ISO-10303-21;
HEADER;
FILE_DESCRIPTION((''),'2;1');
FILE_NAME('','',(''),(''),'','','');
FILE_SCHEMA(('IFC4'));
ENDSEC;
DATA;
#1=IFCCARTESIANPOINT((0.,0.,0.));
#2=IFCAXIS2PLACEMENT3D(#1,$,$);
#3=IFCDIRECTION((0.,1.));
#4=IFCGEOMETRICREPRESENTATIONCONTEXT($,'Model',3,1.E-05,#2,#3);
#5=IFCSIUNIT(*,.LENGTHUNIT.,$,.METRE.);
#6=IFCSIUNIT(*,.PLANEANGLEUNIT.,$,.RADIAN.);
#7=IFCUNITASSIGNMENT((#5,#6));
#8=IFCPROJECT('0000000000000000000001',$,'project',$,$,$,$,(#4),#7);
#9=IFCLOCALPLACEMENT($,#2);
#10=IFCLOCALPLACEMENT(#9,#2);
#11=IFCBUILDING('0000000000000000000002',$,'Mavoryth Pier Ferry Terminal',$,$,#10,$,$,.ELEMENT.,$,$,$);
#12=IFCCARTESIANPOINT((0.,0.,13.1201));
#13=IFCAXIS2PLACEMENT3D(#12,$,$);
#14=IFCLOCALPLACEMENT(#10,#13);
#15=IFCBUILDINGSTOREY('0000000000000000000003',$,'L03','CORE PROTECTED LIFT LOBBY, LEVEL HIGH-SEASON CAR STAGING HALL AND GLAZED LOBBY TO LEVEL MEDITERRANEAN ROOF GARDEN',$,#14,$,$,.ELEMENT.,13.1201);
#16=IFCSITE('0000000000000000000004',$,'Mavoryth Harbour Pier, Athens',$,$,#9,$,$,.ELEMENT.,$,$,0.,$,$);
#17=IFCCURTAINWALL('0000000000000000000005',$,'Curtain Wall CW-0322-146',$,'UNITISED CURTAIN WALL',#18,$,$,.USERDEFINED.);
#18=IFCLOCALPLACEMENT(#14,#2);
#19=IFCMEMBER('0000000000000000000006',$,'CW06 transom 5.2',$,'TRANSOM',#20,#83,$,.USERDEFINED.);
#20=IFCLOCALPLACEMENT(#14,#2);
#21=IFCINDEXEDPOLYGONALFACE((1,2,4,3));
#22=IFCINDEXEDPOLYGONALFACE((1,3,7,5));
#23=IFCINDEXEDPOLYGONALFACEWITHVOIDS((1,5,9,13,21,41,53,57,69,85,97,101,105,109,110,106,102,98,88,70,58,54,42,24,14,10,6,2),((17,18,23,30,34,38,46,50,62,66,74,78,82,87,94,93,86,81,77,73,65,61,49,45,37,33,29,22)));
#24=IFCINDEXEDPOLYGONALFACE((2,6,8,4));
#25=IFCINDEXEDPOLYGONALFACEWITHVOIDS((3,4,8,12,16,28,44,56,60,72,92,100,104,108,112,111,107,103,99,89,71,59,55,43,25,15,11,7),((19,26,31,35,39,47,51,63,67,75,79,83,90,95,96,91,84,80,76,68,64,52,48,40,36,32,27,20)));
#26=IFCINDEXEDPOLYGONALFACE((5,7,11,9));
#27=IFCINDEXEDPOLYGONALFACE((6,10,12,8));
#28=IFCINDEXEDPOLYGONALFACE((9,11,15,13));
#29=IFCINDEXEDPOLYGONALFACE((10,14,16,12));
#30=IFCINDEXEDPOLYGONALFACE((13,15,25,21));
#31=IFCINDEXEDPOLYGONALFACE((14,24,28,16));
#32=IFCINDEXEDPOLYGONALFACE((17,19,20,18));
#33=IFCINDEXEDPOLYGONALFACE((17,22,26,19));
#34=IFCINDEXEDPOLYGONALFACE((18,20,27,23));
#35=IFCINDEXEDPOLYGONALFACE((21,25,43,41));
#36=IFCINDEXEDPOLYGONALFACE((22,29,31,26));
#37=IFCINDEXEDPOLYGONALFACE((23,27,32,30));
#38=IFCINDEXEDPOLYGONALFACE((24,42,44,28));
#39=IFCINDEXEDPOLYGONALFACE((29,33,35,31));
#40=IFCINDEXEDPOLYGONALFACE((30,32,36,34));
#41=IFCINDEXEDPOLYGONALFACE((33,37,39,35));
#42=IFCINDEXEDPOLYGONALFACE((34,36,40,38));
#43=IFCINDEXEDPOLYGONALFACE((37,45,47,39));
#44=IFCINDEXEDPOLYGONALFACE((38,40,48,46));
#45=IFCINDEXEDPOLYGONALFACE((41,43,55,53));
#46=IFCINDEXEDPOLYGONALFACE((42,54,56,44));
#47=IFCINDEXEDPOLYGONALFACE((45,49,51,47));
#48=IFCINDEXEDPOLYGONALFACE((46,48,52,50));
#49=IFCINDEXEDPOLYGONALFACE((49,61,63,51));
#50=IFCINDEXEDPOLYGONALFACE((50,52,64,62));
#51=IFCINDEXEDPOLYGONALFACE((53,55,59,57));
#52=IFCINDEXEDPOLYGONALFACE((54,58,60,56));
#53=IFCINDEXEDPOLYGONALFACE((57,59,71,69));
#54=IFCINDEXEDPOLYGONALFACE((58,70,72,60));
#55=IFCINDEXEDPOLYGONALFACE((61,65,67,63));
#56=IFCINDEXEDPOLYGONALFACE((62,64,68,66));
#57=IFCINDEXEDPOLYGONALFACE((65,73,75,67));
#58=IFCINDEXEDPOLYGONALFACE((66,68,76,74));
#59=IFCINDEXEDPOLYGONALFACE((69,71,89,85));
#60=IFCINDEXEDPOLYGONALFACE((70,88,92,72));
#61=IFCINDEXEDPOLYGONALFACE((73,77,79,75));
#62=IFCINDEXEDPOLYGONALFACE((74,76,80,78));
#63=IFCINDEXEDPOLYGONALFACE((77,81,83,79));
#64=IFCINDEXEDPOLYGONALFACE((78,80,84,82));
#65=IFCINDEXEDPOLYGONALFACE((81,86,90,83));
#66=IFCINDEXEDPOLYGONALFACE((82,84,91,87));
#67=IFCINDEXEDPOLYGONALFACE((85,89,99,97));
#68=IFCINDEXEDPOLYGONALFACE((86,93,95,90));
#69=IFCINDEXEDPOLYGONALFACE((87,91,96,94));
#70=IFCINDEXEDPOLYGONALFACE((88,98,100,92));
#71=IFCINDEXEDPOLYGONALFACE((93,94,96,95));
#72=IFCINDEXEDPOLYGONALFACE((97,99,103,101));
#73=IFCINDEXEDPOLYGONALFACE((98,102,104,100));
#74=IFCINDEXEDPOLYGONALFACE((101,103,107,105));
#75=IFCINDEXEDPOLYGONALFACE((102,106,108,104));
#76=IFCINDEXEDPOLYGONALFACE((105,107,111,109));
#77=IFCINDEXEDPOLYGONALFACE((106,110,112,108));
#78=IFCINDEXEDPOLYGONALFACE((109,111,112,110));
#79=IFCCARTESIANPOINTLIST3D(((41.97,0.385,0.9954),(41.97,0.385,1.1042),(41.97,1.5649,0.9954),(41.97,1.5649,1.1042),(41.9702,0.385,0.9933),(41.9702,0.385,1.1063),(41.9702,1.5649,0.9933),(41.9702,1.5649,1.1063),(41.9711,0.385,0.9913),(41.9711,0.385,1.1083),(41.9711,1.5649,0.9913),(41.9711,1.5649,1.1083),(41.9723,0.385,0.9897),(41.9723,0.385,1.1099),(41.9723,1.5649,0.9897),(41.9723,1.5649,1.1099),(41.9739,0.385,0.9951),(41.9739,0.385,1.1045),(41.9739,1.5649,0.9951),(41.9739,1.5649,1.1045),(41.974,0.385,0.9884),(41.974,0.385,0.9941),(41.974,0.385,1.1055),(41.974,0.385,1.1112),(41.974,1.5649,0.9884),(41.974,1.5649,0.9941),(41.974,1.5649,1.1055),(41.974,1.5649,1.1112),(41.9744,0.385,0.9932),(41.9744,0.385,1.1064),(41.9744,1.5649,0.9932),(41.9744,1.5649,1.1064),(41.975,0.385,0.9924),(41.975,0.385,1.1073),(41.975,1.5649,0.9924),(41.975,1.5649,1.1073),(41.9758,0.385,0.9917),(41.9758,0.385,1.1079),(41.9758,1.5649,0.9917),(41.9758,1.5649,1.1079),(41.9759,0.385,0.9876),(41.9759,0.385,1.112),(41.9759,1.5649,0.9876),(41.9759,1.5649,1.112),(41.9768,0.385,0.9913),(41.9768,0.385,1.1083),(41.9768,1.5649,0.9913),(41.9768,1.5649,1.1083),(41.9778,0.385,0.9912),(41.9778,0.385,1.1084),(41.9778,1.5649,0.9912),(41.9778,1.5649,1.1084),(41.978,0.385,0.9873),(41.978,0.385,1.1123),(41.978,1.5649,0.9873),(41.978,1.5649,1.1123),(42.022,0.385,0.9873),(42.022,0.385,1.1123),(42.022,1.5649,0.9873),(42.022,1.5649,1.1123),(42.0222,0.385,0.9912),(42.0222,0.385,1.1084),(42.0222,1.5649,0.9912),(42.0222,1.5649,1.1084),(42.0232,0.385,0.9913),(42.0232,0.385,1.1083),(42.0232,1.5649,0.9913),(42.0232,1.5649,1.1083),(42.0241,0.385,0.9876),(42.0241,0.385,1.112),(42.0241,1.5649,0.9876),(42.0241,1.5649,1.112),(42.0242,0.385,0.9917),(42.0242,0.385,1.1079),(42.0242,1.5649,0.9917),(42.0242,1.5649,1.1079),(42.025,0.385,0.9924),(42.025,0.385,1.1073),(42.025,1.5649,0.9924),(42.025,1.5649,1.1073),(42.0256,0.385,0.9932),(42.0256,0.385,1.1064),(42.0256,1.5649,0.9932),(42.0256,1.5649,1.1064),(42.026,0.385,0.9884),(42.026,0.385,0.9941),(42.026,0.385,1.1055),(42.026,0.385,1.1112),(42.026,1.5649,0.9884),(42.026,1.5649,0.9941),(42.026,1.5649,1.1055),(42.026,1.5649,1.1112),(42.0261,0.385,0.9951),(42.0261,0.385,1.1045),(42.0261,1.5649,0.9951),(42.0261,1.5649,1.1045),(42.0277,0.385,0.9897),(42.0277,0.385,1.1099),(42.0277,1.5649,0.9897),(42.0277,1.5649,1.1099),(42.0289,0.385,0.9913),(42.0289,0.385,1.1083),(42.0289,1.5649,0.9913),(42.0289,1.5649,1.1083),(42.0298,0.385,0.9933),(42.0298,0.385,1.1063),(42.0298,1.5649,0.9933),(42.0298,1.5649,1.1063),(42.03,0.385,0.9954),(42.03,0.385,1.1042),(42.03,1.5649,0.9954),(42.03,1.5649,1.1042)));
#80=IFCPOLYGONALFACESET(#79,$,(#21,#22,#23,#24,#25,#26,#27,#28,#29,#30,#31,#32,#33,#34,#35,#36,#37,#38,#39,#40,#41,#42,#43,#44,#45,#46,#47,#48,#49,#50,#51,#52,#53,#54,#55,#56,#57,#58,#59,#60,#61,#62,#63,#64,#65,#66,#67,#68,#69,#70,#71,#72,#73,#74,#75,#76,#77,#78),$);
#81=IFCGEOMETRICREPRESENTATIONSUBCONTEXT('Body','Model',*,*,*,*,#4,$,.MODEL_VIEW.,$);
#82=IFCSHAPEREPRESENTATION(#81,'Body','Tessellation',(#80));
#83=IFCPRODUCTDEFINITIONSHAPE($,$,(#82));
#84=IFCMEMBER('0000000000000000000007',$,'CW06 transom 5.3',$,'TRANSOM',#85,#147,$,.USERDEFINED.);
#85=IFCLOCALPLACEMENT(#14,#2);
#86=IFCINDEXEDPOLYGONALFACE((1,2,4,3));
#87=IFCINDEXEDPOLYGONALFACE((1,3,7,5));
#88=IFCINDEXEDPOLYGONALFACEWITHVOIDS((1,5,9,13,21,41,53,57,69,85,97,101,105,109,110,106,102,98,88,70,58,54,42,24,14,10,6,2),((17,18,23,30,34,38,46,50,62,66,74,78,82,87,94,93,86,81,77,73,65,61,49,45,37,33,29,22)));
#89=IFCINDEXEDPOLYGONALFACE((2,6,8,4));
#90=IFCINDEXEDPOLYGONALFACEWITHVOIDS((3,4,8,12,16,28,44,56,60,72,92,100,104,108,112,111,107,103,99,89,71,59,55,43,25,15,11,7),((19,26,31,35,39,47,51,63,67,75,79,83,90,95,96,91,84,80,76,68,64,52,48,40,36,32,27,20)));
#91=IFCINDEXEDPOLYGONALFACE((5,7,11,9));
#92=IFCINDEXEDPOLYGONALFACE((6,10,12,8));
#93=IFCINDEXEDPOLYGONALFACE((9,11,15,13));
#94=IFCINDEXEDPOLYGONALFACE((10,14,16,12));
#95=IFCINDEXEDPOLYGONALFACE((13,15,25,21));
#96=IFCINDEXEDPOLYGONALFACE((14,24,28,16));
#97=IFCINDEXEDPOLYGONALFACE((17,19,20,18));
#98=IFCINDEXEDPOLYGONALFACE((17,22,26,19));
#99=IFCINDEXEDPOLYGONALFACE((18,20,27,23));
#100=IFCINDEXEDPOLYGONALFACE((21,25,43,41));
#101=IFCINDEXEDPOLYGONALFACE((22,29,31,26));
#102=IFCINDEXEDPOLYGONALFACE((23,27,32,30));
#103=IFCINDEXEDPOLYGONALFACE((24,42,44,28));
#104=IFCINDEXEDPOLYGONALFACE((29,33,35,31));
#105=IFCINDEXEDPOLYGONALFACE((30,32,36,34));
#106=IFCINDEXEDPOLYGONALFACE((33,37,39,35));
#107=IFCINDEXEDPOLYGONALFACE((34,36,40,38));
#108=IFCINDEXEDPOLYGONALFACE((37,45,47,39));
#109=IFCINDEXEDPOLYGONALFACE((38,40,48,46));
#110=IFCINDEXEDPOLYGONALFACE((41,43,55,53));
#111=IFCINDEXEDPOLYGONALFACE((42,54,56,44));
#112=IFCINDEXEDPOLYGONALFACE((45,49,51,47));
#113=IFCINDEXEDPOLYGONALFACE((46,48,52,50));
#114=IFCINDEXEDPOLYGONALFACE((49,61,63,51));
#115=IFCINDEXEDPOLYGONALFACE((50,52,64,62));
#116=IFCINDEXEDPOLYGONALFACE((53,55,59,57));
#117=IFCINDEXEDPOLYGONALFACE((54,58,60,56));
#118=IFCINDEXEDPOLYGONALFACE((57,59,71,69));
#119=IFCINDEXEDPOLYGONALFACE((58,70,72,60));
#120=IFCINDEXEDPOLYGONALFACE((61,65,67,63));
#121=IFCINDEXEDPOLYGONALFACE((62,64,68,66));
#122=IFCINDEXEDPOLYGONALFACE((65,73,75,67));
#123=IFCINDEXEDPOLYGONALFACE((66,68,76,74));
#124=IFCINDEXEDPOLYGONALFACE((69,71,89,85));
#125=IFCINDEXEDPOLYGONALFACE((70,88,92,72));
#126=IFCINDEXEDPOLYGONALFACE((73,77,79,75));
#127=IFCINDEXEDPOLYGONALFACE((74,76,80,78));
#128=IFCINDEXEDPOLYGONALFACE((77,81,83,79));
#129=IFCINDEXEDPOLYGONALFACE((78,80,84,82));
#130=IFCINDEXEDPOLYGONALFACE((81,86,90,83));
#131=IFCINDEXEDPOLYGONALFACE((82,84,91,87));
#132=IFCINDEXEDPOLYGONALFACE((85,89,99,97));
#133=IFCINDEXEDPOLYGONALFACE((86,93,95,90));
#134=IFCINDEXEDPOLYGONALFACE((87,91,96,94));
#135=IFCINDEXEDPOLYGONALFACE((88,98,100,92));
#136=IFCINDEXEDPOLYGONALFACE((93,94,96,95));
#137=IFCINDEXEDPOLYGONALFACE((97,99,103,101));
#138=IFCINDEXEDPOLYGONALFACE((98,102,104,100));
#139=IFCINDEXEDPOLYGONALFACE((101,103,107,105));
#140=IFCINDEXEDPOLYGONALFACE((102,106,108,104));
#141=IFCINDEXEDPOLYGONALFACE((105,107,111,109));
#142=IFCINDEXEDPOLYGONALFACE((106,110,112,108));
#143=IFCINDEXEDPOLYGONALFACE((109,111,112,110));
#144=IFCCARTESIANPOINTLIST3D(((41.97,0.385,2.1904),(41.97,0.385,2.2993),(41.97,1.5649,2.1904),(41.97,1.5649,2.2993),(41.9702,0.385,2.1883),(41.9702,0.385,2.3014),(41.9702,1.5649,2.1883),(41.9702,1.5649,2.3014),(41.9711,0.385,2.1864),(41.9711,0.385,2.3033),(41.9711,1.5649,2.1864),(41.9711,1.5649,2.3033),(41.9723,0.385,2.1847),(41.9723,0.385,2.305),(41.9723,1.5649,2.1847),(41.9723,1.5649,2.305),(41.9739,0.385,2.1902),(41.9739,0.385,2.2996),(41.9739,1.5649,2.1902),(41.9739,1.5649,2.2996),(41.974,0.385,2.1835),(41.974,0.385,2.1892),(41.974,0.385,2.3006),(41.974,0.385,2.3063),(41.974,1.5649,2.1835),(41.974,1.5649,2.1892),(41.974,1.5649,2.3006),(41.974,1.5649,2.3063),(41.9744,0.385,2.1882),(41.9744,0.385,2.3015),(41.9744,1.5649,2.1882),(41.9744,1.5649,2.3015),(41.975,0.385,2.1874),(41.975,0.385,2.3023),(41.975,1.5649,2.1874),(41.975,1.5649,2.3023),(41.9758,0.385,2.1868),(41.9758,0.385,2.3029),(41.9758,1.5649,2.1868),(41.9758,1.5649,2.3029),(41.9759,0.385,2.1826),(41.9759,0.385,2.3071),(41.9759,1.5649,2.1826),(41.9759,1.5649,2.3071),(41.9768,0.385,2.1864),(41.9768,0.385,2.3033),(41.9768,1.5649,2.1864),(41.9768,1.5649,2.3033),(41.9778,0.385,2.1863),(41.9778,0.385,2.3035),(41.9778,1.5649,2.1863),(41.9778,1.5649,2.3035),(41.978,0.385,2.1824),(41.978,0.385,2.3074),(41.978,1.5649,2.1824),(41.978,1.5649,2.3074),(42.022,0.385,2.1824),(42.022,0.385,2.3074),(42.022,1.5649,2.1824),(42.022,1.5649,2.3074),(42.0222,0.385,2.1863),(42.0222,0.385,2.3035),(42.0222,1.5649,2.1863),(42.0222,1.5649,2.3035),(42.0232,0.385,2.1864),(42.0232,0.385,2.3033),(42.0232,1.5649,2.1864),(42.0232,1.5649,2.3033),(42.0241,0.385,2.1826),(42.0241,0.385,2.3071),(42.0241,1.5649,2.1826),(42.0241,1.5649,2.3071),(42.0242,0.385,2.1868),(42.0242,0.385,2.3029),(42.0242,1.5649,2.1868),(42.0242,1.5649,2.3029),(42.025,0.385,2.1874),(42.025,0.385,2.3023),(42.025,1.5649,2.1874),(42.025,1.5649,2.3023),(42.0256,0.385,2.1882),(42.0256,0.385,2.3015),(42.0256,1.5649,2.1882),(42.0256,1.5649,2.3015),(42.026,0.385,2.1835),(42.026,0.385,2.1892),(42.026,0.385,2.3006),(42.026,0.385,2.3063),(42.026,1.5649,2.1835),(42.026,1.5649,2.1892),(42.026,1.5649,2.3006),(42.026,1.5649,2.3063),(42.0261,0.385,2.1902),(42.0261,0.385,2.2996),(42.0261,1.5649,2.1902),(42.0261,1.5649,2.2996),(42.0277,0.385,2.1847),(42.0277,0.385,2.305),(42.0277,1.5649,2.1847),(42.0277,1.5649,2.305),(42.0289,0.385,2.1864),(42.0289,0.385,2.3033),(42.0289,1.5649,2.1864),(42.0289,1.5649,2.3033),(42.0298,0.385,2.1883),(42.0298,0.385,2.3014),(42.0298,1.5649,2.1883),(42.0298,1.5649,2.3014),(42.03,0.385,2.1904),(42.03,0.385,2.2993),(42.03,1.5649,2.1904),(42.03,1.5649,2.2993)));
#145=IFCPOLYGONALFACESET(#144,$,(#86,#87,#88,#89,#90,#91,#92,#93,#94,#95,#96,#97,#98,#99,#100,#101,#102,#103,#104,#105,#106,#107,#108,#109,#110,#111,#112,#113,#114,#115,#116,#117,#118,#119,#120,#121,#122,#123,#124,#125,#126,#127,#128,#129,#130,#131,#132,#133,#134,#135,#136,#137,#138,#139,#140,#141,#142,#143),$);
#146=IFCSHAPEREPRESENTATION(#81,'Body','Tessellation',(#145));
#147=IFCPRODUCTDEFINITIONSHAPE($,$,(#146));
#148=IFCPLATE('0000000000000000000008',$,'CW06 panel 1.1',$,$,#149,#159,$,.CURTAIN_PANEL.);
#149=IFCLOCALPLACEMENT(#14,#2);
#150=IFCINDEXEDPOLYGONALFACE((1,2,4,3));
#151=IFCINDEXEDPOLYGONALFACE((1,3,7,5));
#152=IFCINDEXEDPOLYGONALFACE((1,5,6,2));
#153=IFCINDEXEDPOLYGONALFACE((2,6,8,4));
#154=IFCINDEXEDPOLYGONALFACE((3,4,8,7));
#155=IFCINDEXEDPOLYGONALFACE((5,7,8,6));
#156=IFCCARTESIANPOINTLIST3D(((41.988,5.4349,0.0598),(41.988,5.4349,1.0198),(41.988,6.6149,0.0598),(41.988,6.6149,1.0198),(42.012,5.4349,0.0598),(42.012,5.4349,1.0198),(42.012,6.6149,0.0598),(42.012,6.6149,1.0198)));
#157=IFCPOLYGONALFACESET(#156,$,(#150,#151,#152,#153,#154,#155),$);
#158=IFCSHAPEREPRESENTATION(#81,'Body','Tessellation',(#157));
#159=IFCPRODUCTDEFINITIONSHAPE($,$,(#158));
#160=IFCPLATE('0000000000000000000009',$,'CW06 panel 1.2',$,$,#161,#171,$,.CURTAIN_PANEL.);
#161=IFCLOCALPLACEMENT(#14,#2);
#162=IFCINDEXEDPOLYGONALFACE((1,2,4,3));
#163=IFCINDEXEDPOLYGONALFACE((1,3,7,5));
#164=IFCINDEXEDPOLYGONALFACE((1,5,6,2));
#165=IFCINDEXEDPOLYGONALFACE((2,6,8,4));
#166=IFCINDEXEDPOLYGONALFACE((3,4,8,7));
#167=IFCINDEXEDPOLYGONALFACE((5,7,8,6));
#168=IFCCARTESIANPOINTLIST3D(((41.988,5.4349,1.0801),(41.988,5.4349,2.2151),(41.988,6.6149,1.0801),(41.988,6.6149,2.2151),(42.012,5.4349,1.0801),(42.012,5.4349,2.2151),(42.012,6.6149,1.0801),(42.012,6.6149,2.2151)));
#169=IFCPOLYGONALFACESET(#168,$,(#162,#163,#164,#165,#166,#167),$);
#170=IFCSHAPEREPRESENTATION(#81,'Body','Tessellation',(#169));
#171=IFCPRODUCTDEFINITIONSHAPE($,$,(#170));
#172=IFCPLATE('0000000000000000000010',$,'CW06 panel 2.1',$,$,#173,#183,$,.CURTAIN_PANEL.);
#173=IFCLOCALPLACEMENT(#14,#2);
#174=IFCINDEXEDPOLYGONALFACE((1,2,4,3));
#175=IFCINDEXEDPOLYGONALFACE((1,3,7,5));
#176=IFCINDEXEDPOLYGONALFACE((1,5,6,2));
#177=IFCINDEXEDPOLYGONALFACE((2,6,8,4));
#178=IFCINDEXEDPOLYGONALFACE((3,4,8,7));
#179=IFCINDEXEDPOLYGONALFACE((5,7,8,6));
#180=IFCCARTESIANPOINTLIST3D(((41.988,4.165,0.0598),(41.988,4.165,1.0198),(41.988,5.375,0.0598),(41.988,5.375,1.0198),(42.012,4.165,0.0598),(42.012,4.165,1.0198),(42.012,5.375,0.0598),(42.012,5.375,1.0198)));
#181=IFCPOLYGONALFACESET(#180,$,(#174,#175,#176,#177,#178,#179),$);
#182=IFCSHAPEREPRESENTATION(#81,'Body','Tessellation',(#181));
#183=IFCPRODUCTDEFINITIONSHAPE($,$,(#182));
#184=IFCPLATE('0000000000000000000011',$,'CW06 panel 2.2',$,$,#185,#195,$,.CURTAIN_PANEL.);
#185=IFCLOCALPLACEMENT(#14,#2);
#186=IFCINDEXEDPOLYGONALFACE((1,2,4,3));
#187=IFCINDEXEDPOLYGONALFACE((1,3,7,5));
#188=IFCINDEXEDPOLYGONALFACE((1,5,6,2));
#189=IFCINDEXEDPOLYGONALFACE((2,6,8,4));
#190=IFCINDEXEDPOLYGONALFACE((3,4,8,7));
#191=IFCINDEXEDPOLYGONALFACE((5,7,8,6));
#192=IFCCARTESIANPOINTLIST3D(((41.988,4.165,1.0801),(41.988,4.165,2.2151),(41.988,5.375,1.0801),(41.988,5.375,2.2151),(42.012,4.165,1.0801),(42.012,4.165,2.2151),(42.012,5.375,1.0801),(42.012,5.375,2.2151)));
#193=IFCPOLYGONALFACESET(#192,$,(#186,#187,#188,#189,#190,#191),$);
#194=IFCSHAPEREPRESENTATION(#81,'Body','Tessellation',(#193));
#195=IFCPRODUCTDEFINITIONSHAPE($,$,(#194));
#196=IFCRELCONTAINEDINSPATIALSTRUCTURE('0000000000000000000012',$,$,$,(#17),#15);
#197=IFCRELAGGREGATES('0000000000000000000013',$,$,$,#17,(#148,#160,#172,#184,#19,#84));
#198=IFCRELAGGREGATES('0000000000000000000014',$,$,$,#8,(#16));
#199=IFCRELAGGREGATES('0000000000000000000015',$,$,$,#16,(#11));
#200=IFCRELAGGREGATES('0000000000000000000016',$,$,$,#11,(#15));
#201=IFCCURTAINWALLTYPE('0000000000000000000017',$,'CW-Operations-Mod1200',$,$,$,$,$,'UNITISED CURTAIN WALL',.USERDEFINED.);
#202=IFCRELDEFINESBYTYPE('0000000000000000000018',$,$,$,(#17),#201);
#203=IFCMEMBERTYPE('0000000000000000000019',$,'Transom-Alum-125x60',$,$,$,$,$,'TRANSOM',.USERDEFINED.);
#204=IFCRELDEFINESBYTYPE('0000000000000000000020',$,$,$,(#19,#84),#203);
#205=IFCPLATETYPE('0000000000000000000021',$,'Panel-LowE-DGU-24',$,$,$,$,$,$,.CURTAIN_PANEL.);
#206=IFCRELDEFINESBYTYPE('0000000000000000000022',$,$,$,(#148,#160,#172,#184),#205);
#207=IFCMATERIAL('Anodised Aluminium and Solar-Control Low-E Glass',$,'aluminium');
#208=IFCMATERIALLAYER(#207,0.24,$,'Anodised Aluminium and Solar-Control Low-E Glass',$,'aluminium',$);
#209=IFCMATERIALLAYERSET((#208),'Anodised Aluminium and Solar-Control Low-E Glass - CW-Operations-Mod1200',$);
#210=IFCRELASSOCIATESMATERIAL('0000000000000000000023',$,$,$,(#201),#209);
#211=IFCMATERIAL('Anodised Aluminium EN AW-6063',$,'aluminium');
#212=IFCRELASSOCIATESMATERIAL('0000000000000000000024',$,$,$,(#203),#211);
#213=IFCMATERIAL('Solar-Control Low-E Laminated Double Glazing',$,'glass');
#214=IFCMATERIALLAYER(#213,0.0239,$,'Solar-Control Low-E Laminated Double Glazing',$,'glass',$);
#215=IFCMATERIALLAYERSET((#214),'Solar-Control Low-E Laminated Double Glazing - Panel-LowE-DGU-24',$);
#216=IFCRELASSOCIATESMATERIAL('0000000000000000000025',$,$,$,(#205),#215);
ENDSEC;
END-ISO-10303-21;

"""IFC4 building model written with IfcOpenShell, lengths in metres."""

from ifc_helpers import new_model, si_unit, direction, frame, origin, origin_2d, place, context, subcontext, project, spatial, rectangle, hollow_rectangle, extrude, material, layer, layer_set, material_profile, profile_set, type_object, element, aggregate, save


model = new_model("IFC4")

# Units and contexts
model_context = context("Model", 3, precision=1e-05, world=origin(), true_north=direction((0.0, 1.0)))
body_context = subcontext(model_context, "Body", "Model", "MODEL_VIEW")
ifc_project = project(units=[si_unit("LENGTHUNIT", "METRE"), si_unit("PLANEANGLEUNIT", "RADIAN")], contexts=[model_context])

# Site, building, storey
site_placement = place(None, origin())
site = spatial("IfcSite", under=ifc_project, at=site_placement, Name="Mavoryth Harbour Pier, Athens", CompositionType="ELEMENT", RefElevation=0.0)
building_placement = place(site_placement, origin())
building = spatial("IfcBuilding", under=site, at=building_placement, Name="Mavoryth Pier Ferry Terminal", CompositionType="ELEMENT")
storey_placement = place(building_placement, frame((0.0, 0.0, 13.1201)))
storey = spatial("IfcBuildingStorey", under=building, at=storey_placement, Name="L03", Description="CORE PROTECTED LIFT LOBBY, LEVEL HIGH-SEASON CAR STAGING HALL AND GLAZED LOBBY TO LEVEL MEDITERRANEAN ROOF GARDEN", CompositionType="ELEMENT", Elevation=13.1201)

# Shared definitions
ifc_material_1 = material(Name="Anodised Aluminium and Solar-Control Low-E Glass", Category="aluminium")
ifc_layer_1 = layer(ifc_material_1, 0.24, Name="Anodised Aluminium and Solar-Control Low-E Glass", Category="aluminium")
ifc_layer_set_1 = layer_set([ifc_layer_1], Name="Anodised Aluminium and Solar-Control Low-E Glass - CW-Operations-Mod1200")
curtain_wall_type = type_object("IfcCurtainWallType", Name="CW-Operations-Mod1200", ElementType="UNITISED CURTAIN WALL", PredefinedType="USERDEFINED", material=ifc_layer_set_1)
ifc_material_2 = material(Name="Anodised Aluminium EN AW-6063", Category="aluminium")

# Curtain wall, members, plates
curtain_wall_1_placement = place(storey_placement, origin())
curtain_wall_1 = element("IfcCurtainWall", 1, at=curtain_wall_1_placement, inside=storey, type_object=curtain_wall_type, Name="Curtain Wall CW-0322-146", ObjectType="UNITISED CURTAIN WALL", PredefinedType="USERDEFINED")
ifc_material_profile_1 = material_profile(ifc_material_2, hollow_rectangle(XDim=0.0601, YDim=0.125, WallThickness=0.0039, InnerFilletRadius=0.0039, OuterFilletRadius=0.0081, at=origin_2d()), Name="AL-TRAN 125x60x4", Category="aluminium")
ifc_profile_set_1 = profile_set([ifc_material_profile_1], Name="Anodised Aluminium EN AW-6063 - AL-TRAN 125x60x4")
member_type_1 = type_object("IfcMemberType", Name="Transom-Alum-125x60", ElementType="TRANSOM", PredefinedType="USERDEFINED", material=ifc_profile_set_1)
member_1_placement = place(storey_placement, frame((42.0, 1.5649, 1.0498), z_axis=(0.0, -1.0, 0.0), x_axis=(1.0, 0.0, 0.0)))
member_1 = element("IfcMember", 2, at=member_1_placement, type_object=member_type_1, Name="CW06 transom 5.2", ObjectType="TRANSOM", PredefinedType="USERDEFINED", context=body_context, shape_type="SweptSolid", body=[
    extrude(hollow_rectangle(XDim=0.0601, YDim=0.125, WallThickness=0.0039, InnerFilletRadius=0.0039, OuterFilletRadius=0.0081, at=origin_2d()), origin(), (0.0, 0.0, 1.0), 1.1799),
])
member_2_placement = place(storey_placement, frame((42.0, 1.5649, 2.2449), z_axis=(0.0, -1.0, 0.0), x_axis=(1.0, 0.0, 0.0)))
member_2 = element("IfcMember", 3, at=member_2_placement, type_object=member_type_1, Name="CW06 transom 5.3", ObjectType="TRANSOM", PredefinedType="USERDEFINED", context=body_context, shape_type="SweptSolid", body=[
    extrude(hollow_rectangle(XDim=0.0601, YDim=0.125, WallThickness=0.0039, InnerFilletRadius=0.0039, OuterFilletRadius=0.0081, at=origin_2d()), origin(), (0.0, 0.0, 1.0), 1.1799),
])
ifc_material_3 = material(Name="Solar-Control Low-E Laminated Double Glazing", Category="glass")
ifc_layer_2 = layer(ifc_material_3, 0.0239, Name="Solar-Control Low-E Laminated Double Glazing", Category="glass")
ifc_layer_set_2 = layer_set([ifc_layer_2], Name="Solar-Control Low-E Laminated Double Glazing - Panel-LowE-DGU-24")
plate_type = type_object("IfcPlateType", Name="Panel-LowE-DGU-24", PredefinedType="CURTAIN_PANEL", material=ifc_layer_set_2)
plate_1_placement = place(storey_placement, frame((42.0, 6.0249, 0.0598), z_axis=(0.0, 0.0, 1.0), x_axis=(0.0, -1.0, 0.0)))
plate_1 = element("IfcPlate", 4, at=plate_1_placement, type_object=plate_type, Name="CW06 panel 1.1", PredefinedType="CURTAIN_PANEL", context=body_context, shape_type="SweptSolid", body=[
    extrude(rectangle(XDim=1.1799, YDim=0.0239, at=origin_2d()), origin(), (0.0, 0.0, 1.0), 0.96),
])
plate_2_placement = place(storey_placement, frame((42.0, 6.0249, 1.0801), z_axis=(0.0, 0.0, 1.0), x_axis=(0.0, -1.0, 0.0)))
plate_2 = element("IfcPlate", 5, at=plate_2_placement, type_object=plate_type, Name="CW06 panel 1.2", PredefinedType="CURTAIN_PANEL", context=body_context, shape_type="SweptSolid", body=[
    extrude(rectangle(XDim=1.1799, YDim=0.0239, at=origin_2d()), origin(), (0.0, 0.0, 1.0), 1.135),
])
plate_3_placement = place(storey_placement, frame((42.0, 4.77, 0.0598), z_axis=(0.0, 0.0, 1.0), x_axis=(0.0, -1.0, 0.0)))
plate_3 = element("IfcPlate", 6, at=plate_3_placement, type_object=plate_type, Name="CW06 panel 2.1", PredefinedType="CURTAIN_PANEL", context=body_context, shape_type="SweptSolid", body=[
    extrude(rectangle(XDim=1.21, YDim=0.0239, at=origin_2d()), origin(), (0.0, 0.0, 1.0), 0.96),
])
plate_4_placement = place(storey_placement, frame((42.0, 4.77, 1.0801), z_axis=(0.0, 0.0, 1.0), x_axis=(0.0, -1.0, 0.0)))
plate_4 = element("IfcPlate", 7, at=plate_4_placement, type_object=plate_type, Name="CW06 panel 2.2", PredefinedType="CURTAIN_PANEL", context=body_context, shape_type="SweptSolid", body=[
    extrude(rectangle(XDim=1.21, YDim=0.0239, at=origin_2d()), origin(), (0.0, 0.0, 1.0), 1.135),
])
aggregate(curtain_wall_1, [plate_1, plate_2, plate_3, plate_4, member_1, member_2])

save(model, "model.ifc")
